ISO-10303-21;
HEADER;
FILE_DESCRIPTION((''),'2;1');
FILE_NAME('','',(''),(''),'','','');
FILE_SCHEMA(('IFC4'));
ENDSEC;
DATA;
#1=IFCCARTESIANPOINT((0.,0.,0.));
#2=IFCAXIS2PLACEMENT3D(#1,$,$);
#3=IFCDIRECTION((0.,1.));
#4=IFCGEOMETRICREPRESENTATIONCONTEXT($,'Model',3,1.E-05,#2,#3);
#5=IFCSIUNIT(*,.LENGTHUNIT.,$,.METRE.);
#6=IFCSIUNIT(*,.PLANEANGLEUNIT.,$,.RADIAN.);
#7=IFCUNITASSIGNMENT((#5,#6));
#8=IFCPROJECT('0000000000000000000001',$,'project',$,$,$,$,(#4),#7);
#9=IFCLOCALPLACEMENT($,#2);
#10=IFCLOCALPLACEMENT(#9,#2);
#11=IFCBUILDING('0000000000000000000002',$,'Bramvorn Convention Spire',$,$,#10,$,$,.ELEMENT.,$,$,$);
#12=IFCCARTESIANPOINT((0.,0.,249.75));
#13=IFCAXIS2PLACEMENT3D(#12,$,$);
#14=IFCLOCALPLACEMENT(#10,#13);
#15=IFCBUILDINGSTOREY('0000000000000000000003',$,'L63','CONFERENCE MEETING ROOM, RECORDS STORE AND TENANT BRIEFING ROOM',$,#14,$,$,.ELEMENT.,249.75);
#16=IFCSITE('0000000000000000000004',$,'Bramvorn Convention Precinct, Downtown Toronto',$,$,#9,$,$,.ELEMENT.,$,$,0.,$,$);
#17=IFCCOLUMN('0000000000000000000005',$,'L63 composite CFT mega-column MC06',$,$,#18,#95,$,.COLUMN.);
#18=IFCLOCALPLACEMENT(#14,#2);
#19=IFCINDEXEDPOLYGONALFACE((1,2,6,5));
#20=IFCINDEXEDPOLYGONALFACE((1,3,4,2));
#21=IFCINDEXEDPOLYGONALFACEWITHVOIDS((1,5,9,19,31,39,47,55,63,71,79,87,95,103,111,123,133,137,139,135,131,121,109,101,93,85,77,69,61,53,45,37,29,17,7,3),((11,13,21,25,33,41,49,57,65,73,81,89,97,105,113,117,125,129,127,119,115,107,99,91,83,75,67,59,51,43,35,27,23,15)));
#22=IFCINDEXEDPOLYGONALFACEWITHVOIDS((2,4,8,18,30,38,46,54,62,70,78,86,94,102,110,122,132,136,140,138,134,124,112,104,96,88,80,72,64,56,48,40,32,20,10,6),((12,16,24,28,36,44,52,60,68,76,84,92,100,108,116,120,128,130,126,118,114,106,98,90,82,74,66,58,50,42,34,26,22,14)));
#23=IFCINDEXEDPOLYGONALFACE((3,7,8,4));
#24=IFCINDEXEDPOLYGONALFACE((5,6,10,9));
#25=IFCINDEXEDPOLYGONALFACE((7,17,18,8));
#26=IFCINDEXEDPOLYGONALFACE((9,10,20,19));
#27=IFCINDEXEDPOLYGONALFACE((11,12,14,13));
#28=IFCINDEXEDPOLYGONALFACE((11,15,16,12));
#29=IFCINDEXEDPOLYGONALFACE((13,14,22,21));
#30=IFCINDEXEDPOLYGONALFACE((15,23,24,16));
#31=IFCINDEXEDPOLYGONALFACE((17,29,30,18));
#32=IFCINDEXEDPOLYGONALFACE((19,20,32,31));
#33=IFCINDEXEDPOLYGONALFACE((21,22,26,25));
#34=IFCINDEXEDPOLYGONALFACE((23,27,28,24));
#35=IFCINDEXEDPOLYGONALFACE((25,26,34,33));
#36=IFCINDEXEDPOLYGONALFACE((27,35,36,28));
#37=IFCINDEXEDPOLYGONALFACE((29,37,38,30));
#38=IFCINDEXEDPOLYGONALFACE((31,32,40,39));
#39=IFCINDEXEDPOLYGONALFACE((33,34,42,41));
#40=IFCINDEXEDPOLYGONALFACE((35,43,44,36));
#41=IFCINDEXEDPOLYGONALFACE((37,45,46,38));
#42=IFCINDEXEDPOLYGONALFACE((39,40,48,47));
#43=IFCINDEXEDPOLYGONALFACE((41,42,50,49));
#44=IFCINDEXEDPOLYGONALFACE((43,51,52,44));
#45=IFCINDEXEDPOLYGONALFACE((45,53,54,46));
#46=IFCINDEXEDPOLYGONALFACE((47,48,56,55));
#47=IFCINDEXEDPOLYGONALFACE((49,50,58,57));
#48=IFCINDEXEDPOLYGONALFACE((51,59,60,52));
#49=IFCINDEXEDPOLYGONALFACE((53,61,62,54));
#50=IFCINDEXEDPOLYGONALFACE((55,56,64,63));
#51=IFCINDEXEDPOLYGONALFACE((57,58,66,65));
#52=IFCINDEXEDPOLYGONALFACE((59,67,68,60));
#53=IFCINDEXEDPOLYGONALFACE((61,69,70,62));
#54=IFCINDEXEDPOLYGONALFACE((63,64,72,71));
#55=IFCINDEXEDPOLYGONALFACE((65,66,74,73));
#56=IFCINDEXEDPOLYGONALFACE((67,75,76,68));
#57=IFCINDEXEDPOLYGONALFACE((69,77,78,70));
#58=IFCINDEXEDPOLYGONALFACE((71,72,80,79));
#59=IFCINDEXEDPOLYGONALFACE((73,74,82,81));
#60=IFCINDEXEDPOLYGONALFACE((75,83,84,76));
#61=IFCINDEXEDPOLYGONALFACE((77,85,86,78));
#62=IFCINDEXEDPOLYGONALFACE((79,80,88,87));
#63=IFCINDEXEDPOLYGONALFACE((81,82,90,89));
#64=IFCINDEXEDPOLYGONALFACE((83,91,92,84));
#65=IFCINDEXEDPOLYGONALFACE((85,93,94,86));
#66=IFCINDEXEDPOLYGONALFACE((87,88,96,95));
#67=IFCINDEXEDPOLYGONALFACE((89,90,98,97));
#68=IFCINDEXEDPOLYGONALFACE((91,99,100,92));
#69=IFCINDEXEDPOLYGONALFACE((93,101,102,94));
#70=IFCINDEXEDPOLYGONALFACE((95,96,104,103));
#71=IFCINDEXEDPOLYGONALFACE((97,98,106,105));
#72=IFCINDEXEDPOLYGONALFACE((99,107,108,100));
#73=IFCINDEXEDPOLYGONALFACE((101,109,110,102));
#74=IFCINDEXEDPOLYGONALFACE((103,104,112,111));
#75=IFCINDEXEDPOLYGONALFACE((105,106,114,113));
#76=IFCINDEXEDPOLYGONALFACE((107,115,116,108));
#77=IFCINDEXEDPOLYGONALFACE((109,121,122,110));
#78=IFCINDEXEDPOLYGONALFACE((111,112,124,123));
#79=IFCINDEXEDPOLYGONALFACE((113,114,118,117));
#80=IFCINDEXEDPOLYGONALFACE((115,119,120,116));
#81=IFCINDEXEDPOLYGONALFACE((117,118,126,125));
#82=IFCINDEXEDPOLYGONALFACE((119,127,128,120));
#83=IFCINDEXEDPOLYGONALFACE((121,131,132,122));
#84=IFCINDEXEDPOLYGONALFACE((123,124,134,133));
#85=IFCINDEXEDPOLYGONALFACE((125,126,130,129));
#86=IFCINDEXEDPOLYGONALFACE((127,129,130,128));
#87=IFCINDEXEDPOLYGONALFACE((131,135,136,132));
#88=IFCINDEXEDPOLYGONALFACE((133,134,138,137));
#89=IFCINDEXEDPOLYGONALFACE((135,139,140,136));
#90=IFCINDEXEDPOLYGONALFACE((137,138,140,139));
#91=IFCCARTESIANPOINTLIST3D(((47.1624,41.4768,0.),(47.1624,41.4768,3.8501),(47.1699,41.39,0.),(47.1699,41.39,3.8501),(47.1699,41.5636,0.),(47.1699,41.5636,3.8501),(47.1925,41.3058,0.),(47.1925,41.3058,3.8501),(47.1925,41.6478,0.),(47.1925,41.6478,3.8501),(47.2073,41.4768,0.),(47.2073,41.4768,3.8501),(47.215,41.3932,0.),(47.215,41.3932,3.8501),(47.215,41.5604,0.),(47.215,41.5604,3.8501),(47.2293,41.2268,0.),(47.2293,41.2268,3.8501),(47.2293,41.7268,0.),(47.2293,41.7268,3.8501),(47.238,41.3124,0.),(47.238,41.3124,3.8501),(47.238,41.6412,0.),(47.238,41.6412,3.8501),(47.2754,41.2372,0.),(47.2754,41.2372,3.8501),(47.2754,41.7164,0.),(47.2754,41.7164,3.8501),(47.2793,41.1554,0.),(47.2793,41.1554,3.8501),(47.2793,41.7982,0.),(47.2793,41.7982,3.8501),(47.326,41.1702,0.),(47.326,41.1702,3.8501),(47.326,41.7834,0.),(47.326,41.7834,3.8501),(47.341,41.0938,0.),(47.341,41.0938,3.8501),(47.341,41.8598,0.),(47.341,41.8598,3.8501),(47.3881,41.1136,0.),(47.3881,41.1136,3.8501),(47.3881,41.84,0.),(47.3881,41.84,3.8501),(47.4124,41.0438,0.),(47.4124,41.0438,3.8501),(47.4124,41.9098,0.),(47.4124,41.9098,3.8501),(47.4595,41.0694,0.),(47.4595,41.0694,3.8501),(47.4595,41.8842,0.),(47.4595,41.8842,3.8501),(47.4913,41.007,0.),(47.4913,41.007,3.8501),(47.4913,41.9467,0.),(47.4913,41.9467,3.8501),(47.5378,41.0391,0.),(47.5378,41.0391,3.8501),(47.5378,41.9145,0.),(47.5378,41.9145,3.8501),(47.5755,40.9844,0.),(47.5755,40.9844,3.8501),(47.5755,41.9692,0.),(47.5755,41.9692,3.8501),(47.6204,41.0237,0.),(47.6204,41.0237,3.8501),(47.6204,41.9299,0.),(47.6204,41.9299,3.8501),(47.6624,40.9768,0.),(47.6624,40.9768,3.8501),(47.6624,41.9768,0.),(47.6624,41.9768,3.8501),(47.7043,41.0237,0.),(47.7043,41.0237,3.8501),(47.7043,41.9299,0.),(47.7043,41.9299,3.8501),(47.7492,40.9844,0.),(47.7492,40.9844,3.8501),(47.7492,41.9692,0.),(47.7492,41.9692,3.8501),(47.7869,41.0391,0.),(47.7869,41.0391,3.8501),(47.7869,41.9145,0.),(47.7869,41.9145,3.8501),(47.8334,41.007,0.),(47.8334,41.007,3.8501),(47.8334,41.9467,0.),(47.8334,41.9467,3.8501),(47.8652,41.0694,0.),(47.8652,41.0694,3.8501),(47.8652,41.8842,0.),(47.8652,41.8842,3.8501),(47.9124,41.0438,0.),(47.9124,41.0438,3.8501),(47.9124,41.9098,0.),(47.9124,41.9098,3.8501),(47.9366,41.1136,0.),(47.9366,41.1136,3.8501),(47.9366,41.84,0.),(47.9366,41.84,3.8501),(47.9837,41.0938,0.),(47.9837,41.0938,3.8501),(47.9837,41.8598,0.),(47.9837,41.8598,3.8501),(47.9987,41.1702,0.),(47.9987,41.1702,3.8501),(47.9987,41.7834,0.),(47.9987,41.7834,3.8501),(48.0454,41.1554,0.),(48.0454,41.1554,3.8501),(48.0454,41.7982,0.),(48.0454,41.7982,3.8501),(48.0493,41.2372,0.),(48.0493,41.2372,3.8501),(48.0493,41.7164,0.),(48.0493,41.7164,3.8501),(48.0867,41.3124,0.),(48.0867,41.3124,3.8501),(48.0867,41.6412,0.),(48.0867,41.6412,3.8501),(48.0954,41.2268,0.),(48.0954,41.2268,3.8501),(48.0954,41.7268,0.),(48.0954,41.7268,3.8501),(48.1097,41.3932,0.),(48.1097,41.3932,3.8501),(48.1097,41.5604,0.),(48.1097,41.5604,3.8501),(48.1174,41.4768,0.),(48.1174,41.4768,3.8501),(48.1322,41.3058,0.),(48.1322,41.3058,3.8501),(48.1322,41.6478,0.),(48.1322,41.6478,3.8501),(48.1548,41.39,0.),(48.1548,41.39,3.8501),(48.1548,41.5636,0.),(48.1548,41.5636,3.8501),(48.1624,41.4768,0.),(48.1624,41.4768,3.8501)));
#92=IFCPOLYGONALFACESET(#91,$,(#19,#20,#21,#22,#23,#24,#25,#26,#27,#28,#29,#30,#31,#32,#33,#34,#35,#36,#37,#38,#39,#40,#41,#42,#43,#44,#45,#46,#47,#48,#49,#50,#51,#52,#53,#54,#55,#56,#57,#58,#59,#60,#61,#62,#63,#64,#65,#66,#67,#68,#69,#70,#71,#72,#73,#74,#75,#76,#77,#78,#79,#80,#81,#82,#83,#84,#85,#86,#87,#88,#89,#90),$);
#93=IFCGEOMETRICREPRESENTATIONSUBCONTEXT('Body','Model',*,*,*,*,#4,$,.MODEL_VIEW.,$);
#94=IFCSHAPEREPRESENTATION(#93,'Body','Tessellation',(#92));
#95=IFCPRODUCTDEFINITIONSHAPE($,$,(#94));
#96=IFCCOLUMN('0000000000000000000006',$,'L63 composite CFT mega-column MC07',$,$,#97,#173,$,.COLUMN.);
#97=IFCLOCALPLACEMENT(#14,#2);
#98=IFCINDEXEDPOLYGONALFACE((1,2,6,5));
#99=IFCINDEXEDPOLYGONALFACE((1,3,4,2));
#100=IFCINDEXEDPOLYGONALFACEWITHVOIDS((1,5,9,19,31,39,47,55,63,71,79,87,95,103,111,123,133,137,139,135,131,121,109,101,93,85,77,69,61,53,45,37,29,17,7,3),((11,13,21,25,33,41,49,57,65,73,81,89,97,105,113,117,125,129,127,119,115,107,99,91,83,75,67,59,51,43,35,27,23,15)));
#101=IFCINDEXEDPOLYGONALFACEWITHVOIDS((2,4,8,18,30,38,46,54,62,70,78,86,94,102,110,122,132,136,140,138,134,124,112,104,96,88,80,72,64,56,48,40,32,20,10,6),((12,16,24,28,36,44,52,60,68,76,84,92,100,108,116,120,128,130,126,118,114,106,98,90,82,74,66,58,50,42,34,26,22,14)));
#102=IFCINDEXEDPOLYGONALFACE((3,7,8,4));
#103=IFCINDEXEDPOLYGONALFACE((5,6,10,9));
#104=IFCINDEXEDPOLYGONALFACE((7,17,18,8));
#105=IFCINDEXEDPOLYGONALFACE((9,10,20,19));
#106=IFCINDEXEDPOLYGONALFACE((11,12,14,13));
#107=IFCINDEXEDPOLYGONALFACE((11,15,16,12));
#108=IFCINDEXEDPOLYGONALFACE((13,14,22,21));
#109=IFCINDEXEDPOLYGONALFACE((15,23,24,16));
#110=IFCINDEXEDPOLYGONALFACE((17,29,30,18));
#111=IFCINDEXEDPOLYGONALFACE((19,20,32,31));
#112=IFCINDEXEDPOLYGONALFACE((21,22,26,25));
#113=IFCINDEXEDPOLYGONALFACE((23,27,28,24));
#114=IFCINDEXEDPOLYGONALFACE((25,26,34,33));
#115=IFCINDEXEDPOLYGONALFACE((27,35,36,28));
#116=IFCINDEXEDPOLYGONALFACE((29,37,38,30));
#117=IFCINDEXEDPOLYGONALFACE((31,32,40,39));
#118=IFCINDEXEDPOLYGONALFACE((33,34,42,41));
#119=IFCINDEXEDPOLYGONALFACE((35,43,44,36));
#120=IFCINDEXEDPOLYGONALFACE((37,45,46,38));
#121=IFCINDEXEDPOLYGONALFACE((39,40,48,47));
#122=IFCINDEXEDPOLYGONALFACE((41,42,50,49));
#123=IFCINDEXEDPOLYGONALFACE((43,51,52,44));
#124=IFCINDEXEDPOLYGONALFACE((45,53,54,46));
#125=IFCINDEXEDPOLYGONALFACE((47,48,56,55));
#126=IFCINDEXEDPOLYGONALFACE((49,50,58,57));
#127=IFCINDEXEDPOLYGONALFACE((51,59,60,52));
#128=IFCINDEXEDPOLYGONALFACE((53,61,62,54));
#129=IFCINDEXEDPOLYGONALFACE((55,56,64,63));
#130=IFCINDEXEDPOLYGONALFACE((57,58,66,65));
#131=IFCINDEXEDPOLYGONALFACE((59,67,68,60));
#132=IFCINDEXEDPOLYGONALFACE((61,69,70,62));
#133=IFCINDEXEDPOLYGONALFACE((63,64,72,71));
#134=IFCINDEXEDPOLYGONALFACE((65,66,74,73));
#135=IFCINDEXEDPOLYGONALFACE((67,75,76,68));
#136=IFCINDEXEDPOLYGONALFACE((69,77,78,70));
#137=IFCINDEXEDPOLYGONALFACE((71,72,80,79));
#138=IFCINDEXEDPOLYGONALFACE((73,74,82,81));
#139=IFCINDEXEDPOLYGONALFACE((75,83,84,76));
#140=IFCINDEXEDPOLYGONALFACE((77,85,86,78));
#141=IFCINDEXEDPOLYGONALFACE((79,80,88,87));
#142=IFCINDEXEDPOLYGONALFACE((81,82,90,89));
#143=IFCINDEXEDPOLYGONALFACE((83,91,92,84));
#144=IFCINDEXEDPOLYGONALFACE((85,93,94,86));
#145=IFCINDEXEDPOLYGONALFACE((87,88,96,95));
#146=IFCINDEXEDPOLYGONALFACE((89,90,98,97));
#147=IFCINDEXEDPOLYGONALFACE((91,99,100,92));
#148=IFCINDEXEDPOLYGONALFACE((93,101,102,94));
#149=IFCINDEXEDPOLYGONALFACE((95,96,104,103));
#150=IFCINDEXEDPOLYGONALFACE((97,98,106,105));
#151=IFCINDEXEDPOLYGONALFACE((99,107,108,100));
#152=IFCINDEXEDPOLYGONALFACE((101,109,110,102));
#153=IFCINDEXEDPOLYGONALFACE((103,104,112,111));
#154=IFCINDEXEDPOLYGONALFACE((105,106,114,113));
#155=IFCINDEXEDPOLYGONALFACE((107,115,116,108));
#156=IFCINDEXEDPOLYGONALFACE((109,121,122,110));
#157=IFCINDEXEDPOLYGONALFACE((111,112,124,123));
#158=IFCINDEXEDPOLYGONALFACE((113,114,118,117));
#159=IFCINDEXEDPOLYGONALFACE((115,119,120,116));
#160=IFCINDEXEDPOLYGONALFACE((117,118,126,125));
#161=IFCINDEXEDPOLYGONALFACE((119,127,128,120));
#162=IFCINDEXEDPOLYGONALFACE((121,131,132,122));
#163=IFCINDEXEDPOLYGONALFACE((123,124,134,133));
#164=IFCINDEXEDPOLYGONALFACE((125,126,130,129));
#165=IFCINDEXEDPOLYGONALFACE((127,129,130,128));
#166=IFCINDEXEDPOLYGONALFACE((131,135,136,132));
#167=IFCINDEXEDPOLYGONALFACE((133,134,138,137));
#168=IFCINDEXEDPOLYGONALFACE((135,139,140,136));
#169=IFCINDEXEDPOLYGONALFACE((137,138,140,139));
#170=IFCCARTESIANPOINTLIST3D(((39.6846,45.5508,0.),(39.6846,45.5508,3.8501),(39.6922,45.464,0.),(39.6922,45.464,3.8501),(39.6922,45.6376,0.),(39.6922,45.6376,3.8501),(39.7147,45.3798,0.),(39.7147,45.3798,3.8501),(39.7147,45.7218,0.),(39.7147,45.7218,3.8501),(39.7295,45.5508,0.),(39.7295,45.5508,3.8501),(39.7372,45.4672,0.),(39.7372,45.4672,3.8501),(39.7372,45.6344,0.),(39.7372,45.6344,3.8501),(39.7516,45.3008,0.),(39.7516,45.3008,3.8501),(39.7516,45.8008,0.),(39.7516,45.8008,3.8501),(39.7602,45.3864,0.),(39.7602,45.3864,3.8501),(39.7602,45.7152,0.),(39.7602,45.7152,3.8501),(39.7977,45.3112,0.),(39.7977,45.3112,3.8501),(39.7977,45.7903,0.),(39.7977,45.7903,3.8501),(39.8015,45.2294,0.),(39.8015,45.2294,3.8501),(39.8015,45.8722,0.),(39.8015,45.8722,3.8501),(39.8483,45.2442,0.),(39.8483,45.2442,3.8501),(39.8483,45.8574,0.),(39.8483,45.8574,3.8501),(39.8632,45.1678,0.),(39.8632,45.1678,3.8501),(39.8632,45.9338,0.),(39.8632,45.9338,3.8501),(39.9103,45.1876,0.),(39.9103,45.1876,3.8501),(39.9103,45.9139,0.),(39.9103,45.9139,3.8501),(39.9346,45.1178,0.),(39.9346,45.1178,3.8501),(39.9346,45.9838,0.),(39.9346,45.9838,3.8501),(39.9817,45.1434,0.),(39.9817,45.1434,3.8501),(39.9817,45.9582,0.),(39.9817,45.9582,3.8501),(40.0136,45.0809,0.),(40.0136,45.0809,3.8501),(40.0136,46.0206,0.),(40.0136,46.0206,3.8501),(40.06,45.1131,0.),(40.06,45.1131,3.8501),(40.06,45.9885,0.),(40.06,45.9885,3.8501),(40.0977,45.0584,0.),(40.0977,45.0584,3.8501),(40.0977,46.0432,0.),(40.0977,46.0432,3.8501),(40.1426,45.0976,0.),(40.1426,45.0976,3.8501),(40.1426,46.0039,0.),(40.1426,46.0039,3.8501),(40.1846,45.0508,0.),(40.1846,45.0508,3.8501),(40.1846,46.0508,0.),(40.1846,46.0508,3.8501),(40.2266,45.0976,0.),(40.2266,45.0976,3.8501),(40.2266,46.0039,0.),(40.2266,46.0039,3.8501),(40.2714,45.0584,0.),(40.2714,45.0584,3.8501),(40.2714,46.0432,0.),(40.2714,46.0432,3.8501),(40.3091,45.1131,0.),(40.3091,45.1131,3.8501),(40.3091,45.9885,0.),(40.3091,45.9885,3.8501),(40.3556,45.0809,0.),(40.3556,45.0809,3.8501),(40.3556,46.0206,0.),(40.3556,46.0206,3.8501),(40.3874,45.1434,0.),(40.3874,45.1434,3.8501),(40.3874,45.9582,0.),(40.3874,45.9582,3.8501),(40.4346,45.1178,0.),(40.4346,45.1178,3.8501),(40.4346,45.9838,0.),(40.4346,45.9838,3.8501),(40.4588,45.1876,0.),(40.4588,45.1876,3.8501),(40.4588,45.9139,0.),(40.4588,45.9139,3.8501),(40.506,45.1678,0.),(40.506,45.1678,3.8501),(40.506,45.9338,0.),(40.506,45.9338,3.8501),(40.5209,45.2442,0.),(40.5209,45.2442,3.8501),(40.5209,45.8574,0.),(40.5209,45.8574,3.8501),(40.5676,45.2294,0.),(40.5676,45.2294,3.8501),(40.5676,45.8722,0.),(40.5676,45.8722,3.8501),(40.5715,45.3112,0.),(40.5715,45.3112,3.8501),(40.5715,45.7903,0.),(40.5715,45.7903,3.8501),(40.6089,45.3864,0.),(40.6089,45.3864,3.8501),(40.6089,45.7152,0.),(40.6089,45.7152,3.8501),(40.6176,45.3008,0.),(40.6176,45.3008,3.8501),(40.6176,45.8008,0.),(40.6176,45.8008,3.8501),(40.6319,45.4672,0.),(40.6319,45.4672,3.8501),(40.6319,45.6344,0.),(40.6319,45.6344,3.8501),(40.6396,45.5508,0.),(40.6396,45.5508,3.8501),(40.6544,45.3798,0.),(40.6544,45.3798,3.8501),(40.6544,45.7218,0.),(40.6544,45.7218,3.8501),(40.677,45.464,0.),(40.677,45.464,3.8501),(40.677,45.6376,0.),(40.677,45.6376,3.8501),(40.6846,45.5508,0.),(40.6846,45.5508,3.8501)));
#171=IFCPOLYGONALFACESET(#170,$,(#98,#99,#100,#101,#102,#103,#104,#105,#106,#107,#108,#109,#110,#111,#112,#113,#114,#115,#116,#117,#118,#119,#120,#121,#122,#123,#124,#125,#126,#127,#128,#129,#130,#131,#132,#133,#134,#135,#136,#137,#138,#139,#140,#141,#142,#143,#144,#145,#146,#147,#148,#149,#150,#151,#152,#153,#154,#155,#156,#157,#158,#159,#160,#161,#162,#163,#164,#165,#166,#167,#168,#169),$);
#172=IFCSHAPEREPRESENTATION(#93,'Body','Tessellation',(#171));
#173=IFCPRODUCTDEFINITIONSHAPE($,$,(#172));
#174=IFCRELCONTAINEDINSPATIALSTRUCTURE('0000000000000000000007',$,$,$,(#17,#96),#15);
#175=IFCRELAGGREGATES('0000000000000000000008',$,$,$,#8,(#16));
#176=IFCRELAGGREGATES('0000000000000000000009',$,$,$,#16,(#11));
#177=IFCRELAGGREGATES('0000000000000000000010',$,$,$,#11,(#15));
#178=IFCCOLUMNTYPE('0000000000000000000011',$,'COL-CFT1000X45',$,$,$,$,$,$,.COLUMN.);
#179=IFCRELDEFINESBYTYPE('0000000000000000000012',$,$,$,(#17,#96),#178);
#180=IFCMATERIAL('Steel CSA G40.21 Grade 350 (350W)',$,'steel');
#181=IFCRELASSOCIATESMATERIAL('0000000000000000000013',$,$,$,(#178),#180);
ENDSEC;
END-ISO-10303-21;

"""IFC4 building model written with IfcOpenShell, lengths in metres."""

from ifc_helpers import new_model, si_unit, direction, frame, origin, origin_2d, place, context, subcontext, project, spatial, hollow_circle, extrude, material, material_profile, profile_set, type_object, element, save


model = new_model("IFC4")

# Units and contexts
model_context = context("Model", 3, precision=1e-05, world=origin(), true_north=direction((0.0, 1.0)))
body_context = subcontext(model_context, "Body", "Model", "MODEL_VIEW")
ifc_project = project(units=[si_unit("LENGTHUNIT", "METRE"), si_unit("PLANEANGLEUNIT", "RADIAN")], contexts=[model_context])

# Site, building, storey
site_placement = place(None, origin())
site = spatial("IfcSite", under=ifc_project, at=site_placement, Name="Bramvorn Convention Precinct, Downtown Toronto", CompositionType="ELEMENT", RefElevation=0.0)
building_placement = place(site_placement, origin())
building = spatial("IfcBuilding", under=site, at=building_placement, Name="Bramvorn Convention Spire", CompositionType="ELEMENT")
storey_placement = place(building_placement, frame((0.0, 0.0, 249.75)))
storey = spatial("IfcBuildingStorey", under=building, at=storey_placement, Name="L63", Description="CONFERENCE MEETING ROOM, RECORDS STORE AND TENANT BRIEFING ROOM", CompositionType="ELEMENT", Elevation=249.75)

# Columns
ifc_material_1 = material(Name="Steel CSA G40.21 Grade 350 (350W)", Category="steel")
ifc_material_profile_1 = material_profile(ifc_material_1, hollow_circle(Radius=0.5, WallThickness=0.0449, at=origin_2d()))
ifc_profile_set_1 = profile_set([ifc_material_profile_1], Name="Steel CSA G40.21 Grade 350 (350W) - CFT1000X45")
column_type = type_object("IfcColumnType", Name="COL-CFT1000X45", PredefinedType="COLUMN", material=ifc_profile_set_1)
for number, where, z_axis, x_axis, name in (
    (1, (47.6624, 41.4768, 0.0), (0.0, 0.0, 1.0), (1.0, 0.0, 0.0), "L63 composite CFT mega-column MC06"),
    (2, (40.1846, 45.5508, 0.0), (0.0, 0.0, 1.0), (1.0, 0.0, 0.0), "L63 composite CFT mega-column MC07"),
):
    element("IfcColumn", number, at=place(storey_placement, frame(where, z_axis=z_axis, x_axis=x_axis)), inside=storey, type_object=column_type, Name=name, PredefinedType="COLUMN", context=body_context, shape_type="SweptSolid", body=[
        extrude(hollow_circle(Radius=0.5, WallThickness=0.0449, at=origin_2d()), origin(), (0.0, 0.0, 1.0), 3.8501),
    ])

save(model, "model.ifc")
